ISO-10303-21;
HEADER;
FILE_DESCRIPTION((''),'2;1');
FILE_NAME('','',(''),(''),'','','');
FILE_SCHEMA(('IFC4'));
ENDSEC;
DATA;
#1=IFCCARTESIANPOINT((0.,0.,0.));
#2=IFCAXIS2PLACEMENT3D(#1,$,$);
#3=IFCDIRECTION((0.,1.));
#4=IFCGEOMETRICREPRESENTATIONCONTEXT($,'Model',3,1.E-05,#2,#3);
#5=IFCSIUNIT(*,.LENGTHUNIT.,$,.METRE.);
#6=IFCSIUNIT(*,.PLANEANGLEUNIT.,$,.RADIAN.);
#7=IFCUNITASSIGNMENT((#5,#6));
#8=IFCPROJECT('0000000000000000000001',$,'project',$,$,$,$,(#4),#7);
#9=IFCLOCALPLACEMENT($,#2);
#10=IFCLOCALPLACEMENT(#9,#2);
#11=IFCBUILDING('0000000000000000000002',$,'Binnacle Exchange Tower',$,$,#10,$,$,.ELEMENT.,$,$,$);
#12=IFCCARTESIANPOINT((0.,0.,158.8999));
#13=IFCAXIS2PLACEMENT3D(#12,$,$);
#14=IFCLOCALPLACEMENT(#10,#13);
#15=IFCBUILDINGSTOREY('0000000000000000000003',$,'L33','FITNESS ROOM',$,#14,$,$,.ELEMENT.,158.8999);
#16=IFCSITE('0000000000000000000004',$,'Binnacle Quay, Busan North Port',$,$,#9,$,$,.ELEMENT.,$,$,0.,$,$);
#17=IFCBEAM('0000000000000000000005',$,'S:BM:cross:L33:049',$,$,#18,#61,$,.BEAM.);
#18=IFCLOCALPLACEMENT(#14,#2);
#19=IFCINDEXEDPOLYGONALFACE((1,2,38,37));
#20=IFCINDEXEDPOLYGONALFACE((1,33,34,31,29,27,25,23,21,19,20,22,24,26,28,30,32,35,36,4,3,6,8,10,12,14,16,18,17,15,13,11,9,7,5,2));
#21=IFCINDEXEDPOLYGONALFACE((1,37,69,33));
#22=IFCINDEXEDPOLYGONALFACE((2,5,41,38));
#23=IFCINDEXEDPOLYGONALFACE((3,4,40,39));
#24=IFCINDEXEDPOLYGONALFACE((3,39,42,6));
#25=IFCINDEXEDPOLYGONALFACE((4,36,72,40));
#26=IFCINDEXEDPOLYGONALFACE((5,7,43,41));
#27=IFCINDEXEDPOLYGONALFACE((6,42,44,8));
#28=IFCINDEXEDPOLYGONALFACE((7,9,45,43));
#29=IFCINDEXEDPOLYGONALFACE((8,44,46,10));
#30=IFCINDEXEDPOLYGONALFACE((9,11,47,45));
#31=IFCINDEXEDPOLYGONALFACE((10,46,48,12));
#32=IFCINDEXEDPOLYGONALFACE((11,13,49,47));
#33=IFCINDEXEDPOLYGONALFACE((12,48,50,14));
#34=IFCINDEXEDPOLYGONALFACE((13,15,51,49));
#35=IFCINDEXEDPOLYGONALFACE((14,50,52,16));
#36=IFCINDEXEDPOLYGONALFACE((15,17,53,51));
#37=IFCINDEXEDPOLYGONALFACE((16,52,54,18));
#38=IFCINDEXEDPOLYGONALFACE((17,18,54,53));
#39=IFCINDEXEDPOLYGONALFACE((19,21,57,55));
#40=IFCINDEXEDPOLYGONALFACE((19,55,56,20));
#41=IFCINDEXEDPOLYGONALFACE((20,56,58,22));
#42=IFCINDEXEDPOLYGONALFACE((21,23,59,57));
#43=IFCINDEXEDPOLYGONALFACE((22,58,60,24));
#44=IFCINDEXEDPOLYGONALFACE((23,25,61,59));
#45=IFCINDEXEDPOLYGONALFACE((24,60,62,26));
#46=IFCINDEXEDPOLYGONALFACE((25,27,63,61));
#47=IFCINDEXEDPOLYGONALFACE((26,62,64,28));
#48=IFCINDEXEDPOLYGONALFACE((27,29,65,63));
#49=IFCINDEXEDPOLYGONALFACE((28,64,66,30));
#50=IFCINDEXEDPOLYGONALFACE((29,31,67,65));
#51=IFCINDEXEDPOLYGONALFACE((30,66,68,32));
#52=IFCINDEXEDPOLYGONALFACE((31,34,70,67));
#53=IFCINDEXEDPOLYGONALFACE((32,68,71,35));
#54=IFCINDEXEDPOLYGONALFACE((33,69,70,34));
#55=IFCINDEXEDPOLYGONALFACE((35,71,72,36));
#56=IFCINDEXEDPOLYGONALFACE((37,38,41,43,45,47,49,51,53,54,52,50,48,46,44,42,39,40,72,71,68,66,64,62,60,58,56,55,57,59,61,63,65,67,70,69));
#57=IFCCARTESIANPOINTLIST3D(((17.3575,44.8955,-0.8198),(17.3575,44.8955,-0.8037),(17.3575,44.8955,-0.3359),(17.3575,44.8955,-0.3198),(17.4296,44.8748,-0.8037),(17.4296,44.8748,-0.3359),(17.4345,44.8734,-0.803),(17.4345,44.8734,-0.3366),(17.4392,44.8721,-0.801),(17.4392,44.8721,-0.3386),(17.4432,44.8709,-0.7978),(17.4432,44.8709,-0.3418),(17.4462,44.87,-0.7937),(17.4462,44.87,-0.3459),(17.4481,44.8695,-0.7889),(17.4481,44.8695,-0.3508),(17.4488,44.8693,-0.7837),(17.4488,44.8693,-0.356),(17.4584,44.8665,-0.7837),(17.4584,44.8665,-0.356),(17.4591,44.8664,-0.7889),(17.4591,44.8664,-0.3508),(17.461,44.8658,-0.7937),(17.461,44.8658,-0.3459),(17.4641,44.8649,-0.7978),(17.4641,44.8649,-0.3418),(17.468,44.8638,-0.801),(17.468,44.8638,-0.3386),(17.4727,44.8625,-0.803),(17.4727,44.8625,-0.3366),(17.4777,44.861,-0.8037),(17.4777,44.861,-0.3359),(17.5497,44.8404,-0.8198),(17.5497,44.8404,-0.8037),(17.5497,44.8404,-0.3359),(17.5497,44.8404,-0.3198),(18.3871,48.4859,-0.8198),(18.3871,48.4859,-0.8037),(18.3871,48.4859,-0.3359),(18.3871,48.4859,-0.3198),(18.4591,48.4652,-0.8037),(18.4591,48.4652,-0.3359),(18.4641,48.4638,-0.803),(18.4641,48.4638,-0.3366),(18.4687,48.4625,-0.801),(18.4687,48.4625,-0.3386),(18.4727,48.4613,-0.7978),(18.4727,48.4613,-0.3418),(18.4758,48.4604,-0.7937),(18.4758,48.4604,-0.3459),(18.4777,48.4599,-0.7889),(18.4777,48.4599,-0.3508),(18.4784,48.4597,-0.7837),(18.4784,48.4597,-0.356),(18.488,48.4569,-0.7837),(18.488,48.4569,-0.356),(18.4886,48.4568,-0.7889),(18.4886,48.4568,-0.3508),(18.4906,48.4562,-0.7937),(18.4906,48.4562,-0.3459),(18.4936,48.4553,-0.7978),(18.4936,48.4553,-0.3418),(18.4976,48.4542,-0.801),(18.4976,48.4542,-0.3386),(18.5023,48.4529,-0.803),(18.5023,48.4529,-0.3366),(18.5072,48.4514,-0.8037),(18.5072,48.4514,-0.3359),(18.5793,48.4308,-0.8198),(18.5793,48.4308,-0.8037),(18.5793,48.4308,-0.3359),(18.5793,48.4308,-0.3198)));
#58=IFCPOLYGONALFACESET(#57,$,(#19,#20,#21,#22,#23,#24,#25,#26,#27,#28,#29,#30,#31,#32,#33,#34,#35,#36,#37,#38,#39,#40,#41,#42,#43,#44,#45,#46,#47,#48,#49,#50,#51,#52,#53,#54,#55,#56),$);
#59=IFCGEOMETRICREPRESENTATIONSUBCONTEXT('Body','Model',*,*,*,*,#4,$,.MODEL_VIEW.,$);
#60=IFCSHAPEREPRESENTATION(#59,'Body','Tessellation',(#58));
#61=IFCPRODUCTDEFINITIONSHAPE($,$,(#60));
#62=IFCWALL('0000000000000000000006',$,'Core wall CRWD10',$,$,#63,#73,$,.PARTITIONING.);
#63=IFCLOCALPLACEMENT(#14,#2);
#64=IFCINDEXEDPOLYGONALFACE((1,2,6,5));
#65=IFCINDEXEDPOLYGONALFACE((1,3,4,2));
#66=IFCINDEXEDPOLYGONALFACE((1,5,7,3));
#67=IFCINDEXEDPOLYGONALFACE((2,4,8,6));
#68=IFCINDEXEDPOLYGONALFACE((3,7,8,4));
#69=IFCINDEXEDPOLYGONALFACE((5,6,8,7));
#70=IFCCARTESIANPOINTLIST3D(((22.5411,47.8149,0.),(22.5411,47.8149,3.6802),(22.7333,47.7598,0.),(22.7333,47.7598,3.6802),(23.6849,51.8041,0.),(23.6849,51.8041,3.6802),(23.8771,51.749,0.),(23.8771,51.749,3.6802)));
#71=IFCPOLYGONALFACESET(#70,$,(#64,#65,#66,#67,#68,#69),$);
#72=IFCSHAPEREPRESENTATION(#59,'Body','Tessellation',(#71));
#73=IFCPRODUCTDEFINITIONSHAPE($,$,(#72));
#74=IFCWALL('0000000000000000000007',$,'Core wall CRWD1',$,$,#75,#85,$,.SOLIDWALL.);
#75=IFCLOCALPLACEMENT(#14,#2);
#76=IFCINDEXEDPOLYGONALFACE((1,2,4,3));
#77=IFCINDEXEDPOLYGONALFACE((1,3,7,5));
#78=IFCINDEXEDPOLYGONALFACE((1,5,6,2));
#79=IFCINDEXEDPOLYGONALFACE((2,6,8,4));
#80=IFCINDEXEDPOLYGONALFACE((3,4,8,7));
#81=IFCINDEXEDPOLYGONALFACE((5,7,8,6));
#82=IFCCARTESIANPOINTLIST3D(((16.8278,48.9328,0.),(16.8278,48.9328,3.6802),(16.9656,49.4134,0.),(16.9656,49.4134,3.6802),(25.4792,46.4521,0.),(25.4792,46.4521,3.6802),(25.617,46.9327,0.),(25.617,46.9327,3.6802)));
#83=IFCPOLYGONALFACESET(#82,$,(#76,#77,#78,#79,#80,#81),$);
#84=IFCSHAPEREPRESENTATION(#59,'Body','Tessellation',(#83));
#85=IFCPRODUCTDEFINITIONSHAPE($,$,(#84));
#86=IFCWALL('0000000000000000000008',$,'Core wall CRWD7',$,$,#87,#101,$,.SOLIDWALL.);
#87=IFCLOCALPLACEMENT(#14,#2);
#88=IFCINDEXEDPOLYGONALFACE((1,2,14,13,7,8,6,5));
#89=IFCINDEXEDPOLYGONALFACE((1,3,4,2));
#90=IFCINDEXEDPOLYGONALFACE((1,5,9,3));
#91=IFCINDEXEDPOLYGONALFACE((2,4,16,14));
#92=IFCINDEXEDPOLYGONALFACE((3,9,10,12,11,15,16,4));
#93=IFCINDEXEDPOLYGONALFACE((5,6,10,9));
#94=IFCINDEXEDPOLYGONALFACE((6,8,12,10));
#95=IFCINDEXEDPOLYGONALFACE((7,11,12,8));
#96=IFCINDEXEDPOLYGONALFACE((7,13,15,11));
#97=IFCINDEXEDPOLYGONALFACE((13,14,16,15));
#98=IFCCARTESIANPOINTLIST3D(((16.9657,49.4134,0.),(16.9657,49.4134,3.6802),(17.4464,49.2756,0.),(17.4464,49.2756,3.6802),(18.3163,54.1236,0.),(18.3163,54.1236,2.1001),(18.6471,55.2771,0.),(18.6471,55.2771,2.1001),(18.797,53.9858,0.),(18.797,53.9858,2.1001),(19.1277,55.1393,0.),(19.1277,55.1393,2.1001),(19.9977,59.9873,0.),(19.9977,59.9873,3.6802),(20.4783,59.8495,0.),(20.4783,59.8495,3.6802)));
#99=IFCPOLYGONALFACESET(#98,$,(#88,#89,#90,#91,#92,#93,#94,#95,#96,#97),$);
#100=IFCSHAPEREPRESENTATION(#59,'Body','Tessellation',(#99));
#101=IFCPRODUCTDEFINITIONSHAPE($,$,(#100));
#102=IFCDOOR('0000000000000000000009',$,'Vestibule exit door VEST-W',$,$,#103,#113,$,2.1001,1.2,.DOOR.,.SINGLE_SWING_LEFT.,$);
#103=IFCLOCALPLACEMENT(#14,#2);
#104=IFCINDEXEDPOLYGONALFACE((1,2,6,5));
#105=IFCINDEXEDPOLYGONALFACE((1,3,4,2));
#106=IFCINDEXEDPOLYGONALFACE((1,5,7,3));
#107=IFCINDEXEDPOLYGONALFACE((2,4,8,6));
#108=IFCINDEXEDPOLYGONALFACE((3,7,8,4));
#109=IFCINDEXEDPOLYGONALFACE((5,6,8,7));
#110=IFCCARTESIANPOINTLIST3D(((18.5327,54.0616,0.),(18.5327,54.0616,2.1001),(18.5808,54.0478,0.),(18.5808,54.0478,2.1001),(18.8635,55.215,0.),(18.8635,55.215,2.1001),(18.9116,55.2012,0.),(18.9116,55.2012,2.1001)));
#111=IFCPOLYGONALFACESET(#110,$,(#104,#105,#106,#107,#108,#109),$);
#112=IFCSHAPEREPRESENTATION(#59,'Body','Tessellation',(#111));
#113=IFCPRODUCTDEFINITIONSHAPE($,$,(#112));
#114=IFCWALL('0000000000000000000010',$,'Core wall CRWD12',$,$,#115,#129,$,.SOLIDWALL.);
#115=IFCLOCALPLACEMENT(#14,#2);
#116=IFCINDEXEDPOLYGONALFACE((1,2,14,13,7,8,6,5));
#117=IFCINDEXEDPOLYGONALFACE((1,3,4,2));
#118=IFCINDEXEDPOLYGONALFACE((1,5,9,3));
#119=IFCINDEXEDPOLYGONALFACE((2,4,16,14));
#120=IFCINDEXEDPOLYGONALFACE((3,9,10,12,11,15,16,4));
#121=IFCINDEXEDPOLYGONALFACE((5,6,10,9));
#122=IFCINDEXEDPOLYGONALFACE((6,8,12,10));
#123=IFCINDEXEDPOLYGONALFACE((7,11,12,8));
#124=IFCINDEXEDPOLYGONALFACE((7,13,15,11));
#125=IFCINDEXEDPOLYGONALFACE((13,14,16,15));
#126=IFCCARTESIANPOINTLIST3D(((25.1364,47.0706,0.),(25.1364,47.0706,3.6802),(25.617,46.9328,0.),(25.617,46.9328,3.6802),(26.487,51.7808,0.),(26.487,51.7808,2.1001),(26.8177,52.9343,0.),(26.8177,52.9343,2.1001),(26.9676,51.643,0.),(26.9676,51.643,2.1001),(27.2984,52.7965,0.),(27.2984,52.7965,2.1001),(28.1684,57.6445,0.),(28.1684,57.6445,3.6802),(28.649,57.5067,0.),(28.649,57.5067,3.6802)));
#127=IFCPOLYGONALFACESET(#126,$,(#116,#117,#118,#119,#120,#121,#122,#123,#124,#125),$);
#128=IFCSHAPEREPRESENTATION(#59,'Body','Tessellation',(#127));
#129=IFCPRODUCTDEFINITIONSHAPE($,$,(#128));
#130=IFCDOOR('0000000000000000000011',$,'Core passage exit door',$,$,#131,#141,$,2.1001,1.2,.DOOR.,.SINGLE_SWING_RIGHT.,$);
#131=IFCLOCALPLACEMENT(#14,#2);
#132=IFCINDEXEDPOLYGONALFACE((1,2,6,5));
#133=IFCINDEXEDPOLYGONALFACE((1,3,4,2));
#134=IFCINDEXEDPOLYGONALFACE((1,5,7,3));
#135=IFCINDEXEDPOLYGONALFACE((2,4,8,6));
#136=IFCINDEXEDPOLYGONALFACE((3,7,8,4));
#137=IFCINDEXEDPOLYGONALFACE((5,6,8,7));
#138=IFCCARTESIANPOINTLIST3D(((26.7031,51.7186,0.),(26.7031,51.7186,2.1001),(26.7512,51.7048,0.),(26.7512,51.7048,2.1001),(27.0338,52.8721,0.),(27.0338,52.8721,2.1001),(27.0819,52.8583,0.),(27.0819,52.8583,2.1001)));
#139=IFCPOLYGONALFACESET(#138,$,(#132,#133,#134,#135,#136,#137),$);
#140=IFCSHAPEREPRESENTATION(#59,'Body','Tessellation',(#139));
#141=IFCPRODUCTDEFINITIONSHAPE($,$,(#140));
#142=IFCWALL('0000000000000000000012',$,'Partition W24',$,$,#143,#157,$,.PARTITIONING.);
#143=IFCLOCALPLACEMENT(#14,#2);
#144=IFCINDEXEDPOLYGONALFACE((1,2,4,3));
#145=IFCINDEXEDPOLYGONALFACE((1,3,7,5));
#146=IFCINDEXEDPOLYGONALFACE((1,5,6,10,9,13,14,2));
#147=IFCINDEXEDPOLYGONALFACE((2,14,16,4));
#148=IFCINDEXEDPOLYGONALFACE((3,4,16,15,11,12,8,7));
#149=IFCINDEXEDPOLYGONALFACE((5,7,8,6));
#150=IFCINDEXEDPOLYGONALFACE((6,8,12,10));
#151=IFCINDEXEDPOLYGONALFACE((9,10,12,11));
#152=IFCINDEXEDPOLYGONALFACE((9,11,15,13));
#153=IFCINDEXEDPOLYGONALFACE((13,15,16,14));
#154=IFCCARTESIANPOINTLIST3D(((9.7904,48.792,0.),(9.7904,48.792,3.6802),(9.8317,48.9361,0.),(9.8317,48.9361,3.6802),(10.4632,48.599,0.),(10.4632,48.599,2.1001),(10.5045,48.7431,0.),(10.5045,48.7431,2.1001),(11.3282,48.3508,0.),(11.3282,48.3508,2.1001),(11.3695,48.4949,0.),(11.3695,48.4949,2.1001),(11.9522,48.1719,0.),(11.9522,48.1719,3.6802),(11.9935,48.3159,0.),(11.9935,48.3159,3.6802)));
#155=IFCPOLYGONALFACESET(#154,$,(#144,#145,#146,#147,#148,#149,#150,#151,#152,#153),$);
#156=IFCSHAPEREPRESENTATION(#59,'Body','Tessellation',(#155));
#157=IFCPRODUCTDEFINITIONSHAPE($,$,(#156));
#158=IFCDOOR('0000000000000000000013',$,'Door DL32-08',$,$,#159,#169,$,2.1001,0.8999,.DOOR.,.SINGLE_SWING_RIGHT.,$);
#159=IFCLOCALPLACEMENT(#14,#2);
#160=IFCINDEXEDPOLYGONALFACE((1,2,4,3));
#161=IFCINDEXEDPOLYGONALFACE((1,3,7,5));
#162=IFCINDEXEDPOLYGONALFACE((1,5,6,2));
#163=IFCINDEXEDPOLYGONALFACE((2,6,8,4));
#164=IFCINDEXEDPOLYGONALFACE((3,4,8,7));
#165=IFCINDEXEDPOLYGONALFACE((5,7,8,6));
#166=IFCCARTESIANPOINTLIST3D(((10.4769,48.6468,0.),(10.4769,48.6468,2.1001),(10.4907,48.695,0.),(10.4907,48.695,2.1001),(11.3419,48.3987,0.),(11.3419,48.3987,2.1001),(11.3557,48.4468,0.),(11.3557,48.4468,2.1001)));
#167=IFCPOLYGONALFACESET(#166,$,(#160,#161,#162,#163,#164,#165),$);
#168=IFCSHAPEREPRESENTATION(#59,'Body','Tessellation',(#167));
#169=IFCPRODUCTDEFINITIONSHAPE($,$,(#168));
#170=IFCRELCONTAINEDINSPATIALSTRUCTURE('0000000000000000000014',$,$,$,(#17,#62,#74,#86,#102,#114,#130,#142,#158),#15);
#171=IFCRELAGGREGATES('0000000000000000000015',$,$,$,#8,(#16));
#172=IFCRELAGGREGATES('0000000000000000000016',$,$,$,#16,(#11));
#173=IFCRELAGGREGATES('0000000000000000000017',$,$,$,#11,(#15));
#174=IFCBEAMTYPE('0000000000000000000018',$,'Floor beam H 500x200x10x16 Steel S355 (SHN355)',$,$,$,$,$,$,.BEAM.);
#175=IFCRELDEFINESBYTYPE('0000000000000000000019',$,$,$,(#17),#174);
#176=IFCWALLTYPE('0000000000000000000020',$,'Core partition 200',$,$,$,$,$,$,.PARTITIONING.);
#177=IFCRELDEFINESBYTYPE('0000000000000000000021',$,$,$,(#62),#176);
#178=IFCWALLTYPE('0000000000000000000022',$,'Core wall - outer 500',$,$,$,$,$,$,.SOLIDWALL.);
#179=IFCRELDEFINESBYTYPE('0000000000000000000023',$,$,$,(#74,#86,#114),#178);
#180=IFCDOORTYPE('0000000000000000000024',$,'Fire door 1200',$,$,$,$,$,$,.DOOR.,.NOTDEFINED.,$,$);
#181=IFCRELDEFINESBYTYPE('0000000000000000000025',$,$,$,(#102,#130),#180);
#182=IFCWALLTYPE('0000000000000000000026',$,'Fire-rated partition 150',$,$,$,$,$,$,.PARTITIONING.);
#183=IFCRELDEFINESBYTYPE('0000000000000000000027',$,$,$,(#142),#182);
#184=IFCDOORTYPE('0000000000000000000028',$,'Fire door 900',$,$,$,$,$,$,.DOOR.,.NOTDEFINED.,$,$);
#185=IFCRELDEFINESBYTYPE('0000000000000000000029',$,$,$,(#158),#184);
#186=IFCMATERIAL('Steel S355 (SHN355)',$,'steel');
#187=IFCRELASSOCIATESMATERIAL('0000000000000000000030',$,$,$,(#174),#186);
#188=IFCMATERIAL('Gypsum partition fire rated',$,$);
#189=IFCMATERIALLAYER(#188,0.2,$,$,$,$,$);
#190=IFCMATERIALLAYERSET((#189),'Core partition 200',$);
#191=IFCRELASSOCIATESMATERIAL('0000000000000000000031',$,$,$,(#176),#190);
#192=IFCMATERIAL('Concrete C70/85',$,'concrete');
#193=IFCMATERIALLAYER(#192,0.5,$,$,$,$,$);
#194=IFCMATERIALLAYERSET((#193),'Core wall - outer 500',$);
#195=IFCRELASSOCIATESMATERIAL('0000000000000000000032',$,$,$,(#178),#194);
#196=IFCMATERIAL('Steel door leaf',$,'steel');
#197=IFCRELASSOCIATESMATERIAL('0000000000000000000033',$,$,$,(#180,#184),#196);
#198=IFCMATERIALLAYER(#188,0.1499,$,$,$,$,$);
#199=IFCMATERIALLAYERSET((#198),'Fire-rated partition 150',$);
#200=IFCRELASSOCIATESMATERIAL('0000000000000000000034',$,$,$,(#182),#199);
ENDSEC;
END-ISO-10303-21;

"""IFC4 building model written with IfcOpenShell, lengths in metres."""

from ifc_helpers import new_model, si_unit, direction, frame, frame_2d, origin, origin_2d, place, context, subcontext, project, spatial, rectangle, i_section, extrude, material, layer, layer_set, material_profile, profile_set, type_object, element, fill, save


model = new_model("IFC4")

# Units and contexts
model_context = context("Model", 3, precision=1e-05, world=origin(), true_north=direction((0.0, 1.0)))
body_context = subcontext(model_context, "Body", "Model", "MODEL_VIEW")
ifc_project = project(units=[si_unit("LENGTHUNIT", "METRE"), si_unit("PLANEANGLEUNIT", "RADIAN")], contexts=[model_context])

# Site, building, storey
site_placement = place(None, origin())
site = spatial("IfcSite", under=ifc_project, at=site_placement, Name="Binnacle Quay, Busan North Port", CompositionType="ELEMENT", RefElevation=0.0)
building_placement = place(site_placement, origin())
building = spatial("IfcBuilding", under=site, at=building_placement, Name="Binnacle Exchange Tower", CompositionType="ELEMENT")
storey_placement = place(building_placement, frame((0.0, 0.0, 158.8999)))
storey = spatial("IfcBuildingStorey", under=building, at=storey_placement, Name="L33", Description="FITNESS ROOM", CompositionType="ELEMENT", Elevation=158.8999)

# Beam
ifc_material_1 = material(Name="Steel S355 (SHN355)", Category="steel")
ifc_material_profile = material_profile(ifc_material_1, i_section(OverallWidth=0.2, OverallDepth=0.5, WebThickness=0.01, FlangeThickness=0.0161, FilletRadius=0.02, at=origin_2d()), Name="H 500x200x10x16")
ifc_profile_set = profile_set([ifc_material_profile], Name="Steel S355 (SHN355)")
beam_type = type_object("IfcBeamType", Name="Floor beam H 500x200x10x16 Steel S355 (SHN355)", PredefinedType="BEAM", material=ifc_profile_set)
beam_placement = place(storey_placement, frame((17.4536, 44.8679, -0.5698), z_axis=(0.275645, 0.96126, 0.0), x_axis=(-0.96126, 0.275645, 0.0)))
element("IfcBeam", 1, at=beam_placement, inside=storey, type_object=beam_type, Name="S:BM:cross:L33:049", PredefinedType="BEAM", context=body_context, shape_type="SweptSolid", body=[
    extrude(i_section(OverallWidth=0.2, OverallDepth=0.5, WebThickness=0.01, FlangeThickness=0.0161, FilletRadius=0.02, at=origin_2d()), origin(), (0.0, 0.0, 1.0), 3.7351),
])

# Walls
ifc_material_2 = material(Name="Gypsum partition fire rated")
ifc_layer_1 = layer(ifc_material_2, 0.2)
ifc_layer_set_1 = layer_set([ifc_layer_1], Name="Core partition 200")
wall_type_1 = type_object("IfcWallType", Name="Core partition 200", PredefinedType="PARTITIONING", material=ifc_layer_set_1)
wall_1_placement = place(storey_placement, frame((22.6372, 47.7874, 0.0), z_axis=(0.0, 0.0, 1.0), x_axis=(0.275615, 0.961268, 0.0)))
element("IfcWall", 2, at=wall_1_placement, inside=storey, type_object=wall_type_1, Name="Core wall CRWD10", PredefinedType="PARTITIONING", context=body_context, shape_type="SweptSolid", body=[
    extrude(rectangle(XDim=4.1499, YDim=0.2, at=frame_2d((2.075, 0.0))), origin(), (0.0, 0.0, 1.0), 3.6802),
])
ifc_material_3 = material(Name="Concrete C70/85", Category="concrete")
ifc_layer_2 = layer(ifc_material_3, 0.5)
ifc_layer_set_2 = layer_set([ifc_layer_2], Name="Core wall - outer 500")
wall_type_2 = type_object("IfcWallType", Name="Core wall - outer 500", PredefinedType="SOLIDWALL", material=ifc_layer_set_2)
wall_2_placement = place(storey_placement, frame((16.8967, 49.1731, 0.0), z_axis=(0.0, 0.0, 1.0), x_axis=(0.961262, -0.275635, 0.0)))
element("IfcWall", 3, at=wall_2_placement, inside=storey, type_object=wall_type_2, Name="Core wall CRWD1", PredefinedType="SOLIDWALL", context=body_context, shape_type="SweptSolid", body=[
    extrude(rectangle(XDim=9.0, YDim=0.5, at=frame_2d((4.5, 0.0))), origin(), (0.0, 0.0, 1.0), 3.6802),
])

# Walls, openings, doors
wall_3_placement = place(storey_placement, frame((17.2061, 49.3445, 0.0), z_axis=(0.0, 0.0, 1.0), x_axis=(0.275633, 0.961263, 0.0)))
wall_3 = element("IfcWall", 4, at=wall_3_placement, inside=storey, type_object=wall_type_2, Name="Core wall CRWD7", PredefinedType="SOLIDWALL", context=body_context, shape_type="SweptSolid", body=[
    extrude(rectangle(XDim=11.0, YDim=0.5, at=frame_2d((5.5, 0.0))), origin(), (0.0, 0.0, 1.0), 3.6802),
])
opening_1_placement = place(wall_3_placement, frame((4.8999, 0.0, 0.0)))
opening_1 = element("IfcOpeningElement", 5, at=opening_1_placement, cuts=wall_3, PredefinedType="OPENING", context=body_context, shape_type="SweptSolid", body=[
    extrude(rectangle(XDim=1.2, YDim=2.1001, at=frame_2d((0.6001, 1.05))), frame((0.0, 0.26, 0.0), z_axis=(0.0, -1.0, 0.0), x_axis=(1.0, 0.0, 0.0)), (0.0, 0.0, 1.0), 0.52),
])
ifc_material_4 = material(Name="Steel door leaf", Category="steel")
door_type_1 = type_object("IfcDoorType", Name="Fire door 1200", OperationType="NOTDEFINED", PredefinedType="DOOR", material=ifc_material_4)
door_1_placement = place(opening_1_placement, origin())
door_1 = element("IfcDoor", 6, at=door_1_placement, inside=storey, type_object=door_type_1, Name="Vestibule exit door VEST-W", OperationType="SINGLE_SWING_LEFT", OverallHeight=2.1001, OverallWidth=1.2, PredefinedType="DOOR", context=body_context, shape_type="SweptSolid", body=[
    extrude(rectangle(XDim=1.2, YDim=2.1001, at=frame_2d((0.6001, 1.05))), frame((0.0, 0.0249, 0.0), z_axis=(0.0, -1.0, 0.0), x_axis=(1.0, 0.0, 0.0)), (0.0, 0.0, 1.0), 0.05),
])
fill(opening_1, door_1)
wall_4_placement = place(storey_placement, frame((25.3767, 47.0017, 0.0), z_axis=(0.0, 0.0, 1.0), x_axis=(0.275633, 0.961263, 0.0)))
wall_4 = element("IfcWall", 7, at=wall_4_placement, inside=storey, type_object=wall_type_2, Name="Core wall CRWD12", PredefinedType="SOLIDWALL", context=body_context, shape_type="SweptSolid", body=[
    extrude(rectangle(XDim=11.0, YDim=0.5, at=frame_2d((5.5, 0.0))), origin(), (0.0, 0.0, 1.0), 3.6802),
])
opening_2_placement = place(wall_4_placement, frame((4.8999, 0.0, 0.0)))
opening_2 = element("IfcOpeningElement", 8, at=opening_2_placement, cuts=wall_4, PredefinedType="OPENING", context=body_context, shape_type="SweptSolid", body=[
    extrude(rectangle(XDim=1.2, YDim=2.1001, at=frame_2d((0.6001, 1.05))), frame((0.0, 0.26, 0.0), z_axis=(0.0, -1.0, 0.0), x_axis=(1.0, 0.0, 0.0)), (0.0, 0.0, 1.0), 0.52),
])
door_2_placement = place(opening_2_placement, frame((1.2, 0.0, 0.0), z_axis=(0.0, 0.0, 1.0), x_axis=(-1.0, 0.0, 0.0)))
door_2 = element("IfcDoor", 9, at=door_2_placement, inside=storey, type_object=door_type_1, Name="Core passage exit door", OperationType="SINGLE_SWING_RIGHT", OverallHeight=2.1001, OverallWidth=1.2, PredefinedType="DOOR", context=body_context, shape_type="SweptSolid", body=[
    extrude(rectangle(XDim=1.2, YDim=2.1001, at=frame_2d((0.6001, 1.05))), frame((0.0, 0.0249, 0.0), z_axis=(0.0, -1.0, 0.0), x_axis=(1.0, 0.0, 0.0)), (0.0, 0.0, 1.0), 0.05),
])
fill(opening_2, door_2)
ifc_layer_3 = layer(ifc_material_2, 0.1499)
ifc_layer_set_3 = layer_set([ifc_layer_3], Name="Fire-rated partition 150")
wall_type_3 = type_object("IfcWallType", Name="Fire-rated partition 150", PredefinedType="PARTITIONING", material=ifc_layer_set_3)
wall_5_placement = place(storey_placement, frame((9.811, 48.864, 0.0), z_axis=(0.0, 0.0, 1.0), x_axis=(0.961237, -0.275725, 0.0)))
wall_5 = element("IfcWall", 10, at=wall_5_placement, inside=storey, type_object=wall_type_3, Name="Partition W24", PredefinedType="PARTITIONING", context=body_context, shape_type="SweptSolid", body=[
    extrude(rectangle(XDim=2.249, YDim=0.1499, at=frame_2d((1.1245, 0.0))), origin(), (0.0, 0.0, 1.0), 3.6802),
])
opening_3_placement = place(wall_5_placement, frame((0.7, 0.0, 0.0)))
opening_3 = element("IfcOpeningElement", 11, at=opening_3_placement, cuts=wall_5, PredefinedType="OPENING", context=body_context, shape_type="SweptSolid", body=[
    extrude(rectangle(XDim=0.8999, YDim=2.1001, at=frame_2d((0.45, 1.05))), frame((0.0, 0.085, 0.0), z_axis=(0.0, -1.0, 0.0), x_axis=(1.0, 0.0, 0.0)), (0.0, 0.0, 1.0), 0.1699),
])
door_type_2 = type_object("IfcDoorType", Name="Fire door 900", OperationType="NOTDEFINED", PredefinedType="DOOR", material=ifc_material_4)
door_3_placement = place(opening_3_placement, origin())
door_3 = element("IfcDoor", 12, at=door_3_placement, inside=storey, type_object=door_type_2, Name="Door DL32-08", OperationType="SINGLE_SWING_RIGHT", OverallHeight=2.1001, OverallWidth=0.8999, PredefinedType="DOOR", context=body_context, shape_type="SweptSolid", body=[
    extrude(rectangle(XDim=0.8999, YDim=2.1001, at=frame_2d((0.45, 1.05))), frame((0.0, 0.0249, 0.0), z_axis=(0.0, -1.0, 0.0), x_axis=(1.0, 0.0, 0.0)), (0.0, 0.0, 1.0), 0.05),
])
fill(opening_3, door_3)

save(model, "model.ifc")
